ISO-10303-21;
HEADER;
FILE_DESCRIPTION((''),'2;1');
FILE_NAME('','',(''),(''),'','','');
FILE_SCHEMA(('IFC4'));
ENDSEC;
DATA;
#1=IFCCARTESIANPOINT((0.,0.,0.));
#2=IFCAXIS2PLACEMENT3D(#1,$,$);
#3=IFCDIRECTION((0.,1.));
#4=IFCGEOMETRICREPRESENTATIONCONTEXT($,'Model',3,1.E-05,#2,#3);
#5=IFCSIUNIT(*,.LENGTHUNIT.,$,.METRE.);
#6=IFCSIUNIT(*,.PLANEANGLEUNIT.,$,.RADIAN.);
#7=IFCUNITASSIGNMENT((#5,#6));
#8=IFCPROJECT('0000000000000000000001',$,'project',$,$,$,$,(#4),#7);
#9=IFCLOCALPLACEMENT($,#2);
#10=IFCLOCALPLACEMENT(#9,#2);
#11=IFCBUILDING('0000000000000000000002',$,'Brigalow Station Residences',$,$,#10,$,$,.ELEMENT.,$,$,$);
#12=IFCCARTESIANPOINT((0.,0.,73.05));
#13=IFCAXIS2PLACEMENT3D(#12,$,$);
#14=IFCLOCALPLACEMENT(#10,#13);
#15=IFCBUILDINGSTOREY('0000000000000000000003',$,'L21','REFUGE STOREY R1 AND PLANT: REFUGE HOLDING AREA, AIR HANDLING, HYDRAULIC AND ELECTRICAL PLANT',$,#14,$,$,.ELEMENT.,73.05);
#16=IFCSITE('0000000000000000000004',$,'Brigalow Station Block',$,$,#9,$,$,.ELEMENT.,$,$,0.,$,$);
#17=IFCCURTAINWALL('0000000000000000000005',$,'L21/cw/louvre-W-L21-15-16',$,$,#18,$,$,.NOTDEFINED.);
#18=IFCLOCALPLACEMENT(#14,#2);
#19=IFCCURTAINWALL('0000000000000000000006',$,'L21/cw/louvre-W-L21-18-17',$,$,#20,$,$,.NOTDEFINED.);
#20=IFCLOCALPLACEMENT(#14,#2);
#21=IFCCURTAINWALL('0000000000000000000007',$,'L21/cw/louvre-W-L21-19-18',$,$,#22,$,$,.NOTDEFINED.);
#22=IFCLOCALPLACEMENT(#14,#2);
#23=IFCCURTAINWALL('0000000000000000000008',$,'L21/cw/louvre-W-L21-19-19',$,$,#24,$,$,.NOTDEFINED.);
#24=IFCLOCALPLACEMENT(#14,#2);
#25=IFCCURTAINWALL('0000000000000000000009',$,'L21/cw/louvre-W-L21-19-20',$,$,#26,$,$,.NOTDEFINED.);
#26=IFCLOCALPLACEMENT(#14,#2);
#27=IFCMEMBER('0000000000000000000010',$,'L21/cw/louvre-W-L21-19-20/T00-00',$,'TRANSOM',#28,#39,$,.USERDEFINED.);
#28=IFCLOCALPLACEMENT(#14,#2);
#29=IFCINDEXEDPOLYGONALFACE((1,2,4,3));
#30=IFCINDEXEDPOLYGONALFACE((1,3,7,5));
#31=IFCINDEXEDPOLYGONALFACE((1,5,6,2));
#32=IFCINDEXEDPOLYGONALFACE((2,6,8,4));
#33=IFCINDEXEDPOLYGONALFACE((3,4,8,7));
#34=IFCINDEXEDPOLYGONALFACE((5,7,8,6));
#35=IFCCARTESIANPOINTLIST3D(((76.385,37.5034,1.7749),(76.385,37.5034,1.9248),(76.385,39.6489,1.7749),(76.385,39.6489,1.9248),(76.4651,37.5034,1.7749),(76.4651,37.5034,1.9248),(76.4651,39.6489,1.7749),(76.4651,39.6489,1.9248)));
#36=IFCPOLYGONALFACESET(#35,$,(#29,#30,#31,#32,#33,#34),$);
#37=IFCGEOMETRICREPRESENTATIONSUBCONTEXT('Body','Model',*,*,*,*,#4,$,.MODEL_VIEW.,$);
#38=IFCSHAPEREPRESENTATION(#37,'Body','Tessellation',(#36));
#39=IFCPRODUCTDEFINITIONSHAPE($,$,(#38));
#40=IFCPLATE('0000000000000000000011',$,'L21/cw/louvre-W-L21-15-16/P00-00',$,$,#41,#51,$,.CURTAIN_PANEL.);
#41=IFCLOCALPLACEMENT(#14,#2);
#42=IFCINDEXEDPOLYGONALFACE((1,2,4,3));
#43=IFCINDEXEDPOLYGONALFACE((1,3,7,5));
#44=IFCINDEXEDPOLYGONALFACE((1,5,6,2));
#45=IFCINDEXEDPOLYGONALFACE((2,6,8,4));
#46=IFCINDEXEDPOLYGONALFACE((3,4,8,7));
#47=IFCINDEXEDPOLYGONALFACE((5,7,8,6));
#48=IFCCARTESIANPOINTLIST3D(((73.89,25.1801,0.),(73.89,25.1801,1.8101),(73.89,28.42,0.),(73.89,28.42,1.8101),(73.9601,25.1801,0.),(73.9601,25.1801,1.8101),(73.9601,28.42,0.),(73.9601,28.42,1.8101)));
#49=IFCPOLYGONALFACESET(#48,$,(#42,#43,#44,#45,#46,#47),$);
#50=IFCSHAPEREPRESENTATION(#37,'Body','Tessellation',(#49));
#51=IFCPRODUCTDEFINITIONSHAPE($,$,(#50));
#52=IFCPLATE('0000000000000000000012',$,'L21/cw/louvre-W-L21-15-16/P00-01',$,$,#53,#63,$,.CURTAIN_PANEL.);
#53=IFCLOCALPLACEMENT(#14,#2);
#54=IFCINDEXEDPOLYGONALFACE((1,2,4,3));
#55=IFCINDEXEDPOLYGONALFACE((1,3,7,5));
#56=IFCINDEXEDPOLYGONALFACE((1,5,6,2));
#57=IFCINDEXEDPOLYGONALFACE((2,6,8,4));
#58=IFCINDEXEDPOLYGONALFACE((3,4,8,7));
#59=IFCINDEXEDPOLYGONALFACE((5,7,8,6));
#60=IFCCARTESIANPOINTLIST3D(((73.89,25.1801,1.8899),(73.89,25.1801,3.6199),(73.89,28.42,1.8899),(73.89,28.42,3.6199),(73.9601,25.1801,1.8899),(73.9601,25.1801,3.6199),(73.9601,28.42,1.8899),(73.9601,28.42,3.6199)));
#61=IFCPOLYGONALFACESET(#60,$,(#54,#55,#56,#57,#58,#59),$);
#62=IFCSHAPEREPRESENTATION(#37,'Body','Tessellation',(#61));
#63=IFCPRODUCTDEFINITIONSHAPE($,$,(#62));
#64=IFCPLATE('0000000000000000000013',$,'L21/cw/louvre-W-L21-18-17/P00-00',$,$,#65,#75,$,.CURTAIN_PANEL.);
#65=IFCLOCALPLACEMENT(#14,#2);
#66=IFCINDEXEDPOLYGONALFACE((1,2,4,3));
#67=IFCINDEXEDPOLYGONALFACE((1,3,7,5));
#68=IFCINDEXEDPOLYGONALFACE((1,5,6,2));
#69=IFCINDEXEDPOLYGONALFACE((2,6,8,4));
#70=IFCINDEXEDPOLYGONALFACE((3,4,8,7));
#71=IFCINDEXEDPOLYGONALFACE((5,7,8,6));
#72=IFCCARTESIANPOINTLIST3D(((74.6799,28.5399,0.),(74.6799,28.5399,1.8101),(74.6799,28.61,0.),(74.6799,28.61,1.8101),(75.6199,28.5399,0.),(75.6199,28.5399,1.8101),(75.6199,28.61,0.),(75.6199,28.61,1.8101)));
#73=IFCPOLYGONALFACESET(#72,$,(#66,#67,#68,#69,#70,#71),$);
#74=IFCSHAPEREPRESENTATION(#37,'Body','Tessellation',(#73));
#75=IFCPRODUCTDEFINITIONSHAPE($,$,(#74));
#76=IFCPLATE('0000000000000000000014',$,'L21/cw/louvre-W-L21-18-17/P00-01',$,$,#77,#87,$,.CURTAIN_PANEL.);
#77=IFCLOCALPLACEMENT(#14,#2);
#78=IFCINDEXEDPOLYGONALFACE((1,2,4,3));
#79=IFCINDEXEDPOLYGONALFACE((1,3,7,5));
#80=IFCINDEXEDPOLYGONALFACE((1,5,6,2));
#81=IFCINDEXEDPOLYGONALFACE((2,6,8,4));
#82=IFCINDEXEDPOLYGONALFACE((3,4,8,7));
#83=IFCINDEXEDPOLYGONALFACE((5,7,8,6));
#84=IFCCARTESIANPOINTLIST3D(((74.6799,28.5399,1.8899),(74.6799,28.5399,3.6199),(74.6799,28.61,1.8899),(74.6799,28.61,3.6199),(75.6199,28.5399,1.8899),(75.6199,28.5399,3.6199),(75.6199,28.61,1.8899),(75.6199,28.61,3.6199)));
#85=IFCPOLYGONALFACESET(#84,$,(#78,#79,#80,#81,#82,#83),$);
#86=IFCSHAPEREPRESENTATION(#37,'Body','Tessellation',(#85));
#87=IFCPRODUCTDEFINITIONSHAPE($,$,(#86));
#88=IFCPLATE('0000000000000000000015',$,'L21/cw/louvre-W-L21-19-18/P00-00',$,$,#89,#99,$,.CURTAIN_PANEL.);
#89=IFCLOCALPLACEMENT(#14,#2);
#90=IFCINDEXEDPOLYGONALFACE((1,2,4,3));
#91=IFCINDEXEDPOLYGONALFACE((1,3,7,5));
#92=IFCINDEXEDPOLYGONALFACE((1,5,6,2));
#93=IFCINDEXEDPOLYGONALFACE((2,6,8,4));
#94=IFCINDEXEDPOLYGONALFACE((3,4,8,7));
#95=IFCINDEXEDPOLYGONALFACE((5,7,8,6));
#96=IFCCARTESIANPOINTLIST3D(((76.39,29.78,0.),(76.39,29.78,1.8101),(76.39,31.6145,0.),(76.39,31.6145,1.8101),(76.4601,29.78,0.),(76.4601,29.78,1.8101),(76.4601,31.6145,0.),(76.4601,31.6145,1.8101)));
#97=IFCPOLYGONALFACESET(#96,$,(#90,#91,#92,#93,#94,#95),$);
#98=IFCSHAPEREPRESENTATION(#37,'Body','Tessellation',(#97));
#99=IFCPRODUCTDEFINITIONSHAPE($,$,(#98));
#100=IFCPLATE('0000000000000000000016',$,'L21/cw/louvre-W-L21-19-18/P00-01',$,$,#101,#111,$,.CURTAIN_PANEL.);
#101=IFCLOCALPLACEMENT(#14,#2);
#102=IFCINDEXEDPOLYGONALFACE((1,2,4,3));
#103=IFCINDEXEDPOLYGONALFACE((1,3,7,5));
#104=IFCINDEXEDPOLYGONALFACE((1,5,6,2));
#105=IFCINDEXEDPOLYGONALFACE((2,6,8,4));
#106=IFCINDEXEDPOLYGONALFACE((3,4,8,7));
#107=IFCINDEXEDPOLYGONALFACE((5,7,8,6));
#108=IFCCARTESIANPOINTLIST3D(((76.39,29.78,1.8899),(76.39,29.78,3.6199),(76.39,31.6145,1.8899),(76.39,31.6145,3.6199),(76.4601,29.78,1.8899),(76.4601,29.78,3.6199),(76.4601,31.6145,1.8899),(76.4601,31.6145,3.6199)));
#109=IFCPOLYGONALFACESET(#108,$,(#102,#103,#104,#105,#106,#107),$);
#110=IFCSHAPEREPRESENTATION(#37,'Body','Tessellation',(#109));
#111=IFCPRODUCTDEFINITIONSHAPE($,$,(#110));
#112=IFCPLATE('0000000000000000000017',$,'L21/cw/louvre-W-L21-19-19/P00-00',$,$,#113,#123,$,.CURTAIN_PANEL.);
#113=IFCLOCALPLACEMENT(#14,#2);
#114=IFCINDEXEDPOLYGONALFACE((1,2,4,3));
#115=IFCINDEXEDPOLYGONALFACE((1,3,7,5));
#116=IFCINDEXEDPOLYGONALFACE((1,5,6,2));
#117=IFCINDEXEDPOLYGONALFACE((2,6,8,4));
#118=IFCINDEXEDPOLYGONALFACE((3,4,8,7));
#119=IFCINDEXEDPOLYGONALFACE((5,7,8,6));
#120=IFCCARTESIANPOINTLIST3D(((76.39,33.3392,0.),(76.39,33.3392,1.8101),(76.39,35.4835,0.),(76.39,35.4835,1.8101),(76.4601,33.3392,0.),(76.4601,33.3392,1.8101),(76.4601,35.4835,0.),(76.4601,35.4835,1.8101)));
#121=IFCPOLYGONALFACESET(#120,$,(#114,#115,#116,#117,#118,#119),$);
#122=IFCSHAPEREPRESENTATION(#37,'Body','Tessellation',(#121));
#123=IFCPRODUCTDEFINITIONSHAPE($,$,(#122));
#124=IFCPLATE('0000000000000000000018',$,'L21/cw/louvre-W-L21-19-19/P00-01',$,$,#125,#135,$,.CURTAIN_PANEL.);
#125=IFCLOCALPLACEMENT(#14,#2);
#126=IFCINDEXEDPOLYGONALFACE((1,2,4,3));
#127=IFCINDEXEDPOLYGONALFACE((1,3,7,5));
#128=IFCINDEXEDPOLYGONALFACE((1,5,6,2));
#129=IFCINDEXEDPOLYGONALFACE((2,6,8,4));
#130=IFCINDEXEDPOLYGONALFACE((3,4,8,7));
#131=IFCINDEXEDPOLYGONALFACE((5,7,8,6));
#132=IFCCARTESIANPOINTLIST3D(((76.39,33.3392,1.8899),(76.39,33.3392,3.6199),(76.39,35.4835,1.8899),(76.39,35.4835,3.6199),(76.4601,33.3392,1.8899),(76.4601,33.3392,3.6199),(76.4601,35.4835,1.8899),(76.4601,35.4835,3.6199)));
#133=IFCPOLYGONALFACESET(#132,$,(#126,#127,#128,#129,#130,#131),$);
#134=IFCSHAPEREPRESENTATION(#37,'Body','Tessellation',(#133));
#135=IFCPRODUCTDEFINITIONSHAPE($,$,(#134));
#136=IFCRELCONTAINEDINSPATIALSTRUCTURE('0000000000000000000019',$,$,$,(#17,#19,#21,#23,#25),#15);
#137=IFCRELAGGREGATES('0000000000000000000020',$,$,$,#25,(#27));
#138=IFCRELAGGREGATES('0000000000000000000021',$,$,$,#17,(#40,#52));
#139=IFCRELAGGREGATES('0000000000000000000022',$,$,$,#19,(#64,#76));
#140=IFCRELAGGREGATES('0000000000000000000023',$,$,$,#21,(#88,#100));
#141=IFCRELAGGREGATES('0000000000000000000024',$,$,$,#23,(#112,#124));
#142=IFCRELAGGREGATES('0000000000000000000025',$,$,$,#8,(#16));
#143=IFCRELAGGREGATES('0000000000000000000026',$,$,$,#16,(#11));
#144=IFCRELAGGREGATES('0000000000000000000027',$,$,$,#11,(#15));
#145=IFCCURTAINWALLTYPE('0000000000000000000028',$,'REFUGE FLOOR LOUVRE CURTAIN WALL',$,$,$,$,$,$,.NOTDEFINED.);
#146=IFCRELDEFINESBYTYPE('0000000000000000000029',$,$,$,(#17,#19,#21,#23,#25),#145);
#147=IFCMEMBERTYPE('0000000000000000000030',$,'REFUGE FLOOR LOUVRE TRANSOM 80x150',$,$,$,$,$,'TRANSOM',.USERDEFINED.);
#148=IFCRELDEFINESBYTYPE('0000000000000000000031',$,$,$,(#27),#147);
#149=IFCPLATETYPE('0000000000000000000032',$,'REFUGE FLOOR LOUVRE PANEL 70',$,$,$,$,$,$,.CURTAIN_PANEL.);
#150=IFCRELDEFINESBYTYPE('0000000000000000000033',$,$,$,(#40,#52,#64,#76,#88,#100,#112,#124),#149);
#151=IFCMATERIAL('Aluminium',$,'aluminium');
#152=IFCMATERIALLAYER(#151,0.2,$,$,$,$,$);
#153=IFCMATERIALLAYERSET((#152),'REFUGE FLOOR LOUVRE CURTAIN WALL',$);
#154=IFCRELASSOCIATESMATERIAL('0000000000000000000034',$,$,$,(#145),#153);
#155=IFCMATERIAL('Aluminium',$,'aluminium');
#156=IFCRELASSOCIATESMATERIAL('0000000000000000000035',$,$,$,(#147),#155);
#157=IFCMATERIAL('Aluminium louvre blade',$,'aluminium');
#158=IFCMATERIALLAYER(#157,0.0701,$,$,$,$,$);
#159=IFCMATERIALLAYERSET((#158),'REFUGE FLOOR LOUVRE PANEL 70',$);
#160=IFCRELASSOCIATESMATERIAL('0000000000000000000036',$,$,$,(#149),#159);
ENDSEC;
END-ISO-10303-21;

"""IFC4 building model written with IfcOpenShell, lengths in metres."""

from ifc_helpers import new_model, si_unit, direction, frame, origin, origin_2d, place, context, subcontext, project, spatial, rectangle, extrude, material, layer, layer_set, material_profile, profile_set, type_object, element, aggregate, save


model = new_model("IFC4")

# Units and contexts
model_context = context("Model", 3, precision=1e-05, world=origin(), true_north=direction((0.0, 1.0)))
body_context = subcontext(model_context, "Body", "Model", "MODEL_VIEW")
ifc_project = project(units=[si_unit("LENGTHUNIT", "METRE"), si_unit("PLANEANGLEUNIT", "RADIAN")], contexts=[model_context])

# Site, building, storey
site_placement = place(None, origin())
site = spatial("IfcSite", under=ifc_project, at=site_placement, Name="Brigalow Station Block", CompositionType="ELEMENT", RefElevation=0.0)
building_placement = place(site_placement, origin())
building = spatial("IfcBuilding", under=site, at=building_placement, Name="Brigalow Station Residences", CompositionType="ELEMENT")
storey_placement = place(building_placement, frame((0.0, 0.0, 73.05)))
storey = spatial("IfcBuildingStorey", under=building, at=storey_placement, Name="L21", Description="REFUGE STOREY R1 AND PLANT: REFUGE HOLDING AREA, AIR HANDLING, HYDRAULIC AND ELECTRICAL PLANT", CompositionType="ELEMENT", Elevation=73.05)

# Curtain walls
ifc_material_1 = material(Name="Aluminium", Category="aluminium")
ifc_layer_1 = layer(ifc_material_1, 0.2)
ifc_layer_set_1 = layer_set([ifc_layer_1], Name="REFUGE FLOOR LOUVRE CURTAIN WALL")
curtain_wall_type = type_object("IfcCurtainWallType", Name="REFUGE FLOOR LOUVRE CURTAIN WALL", PredefinedType="NOTDEFINED", material=ifc_layer_set_1)
curtain_wall_1_placement = place(storey_placement, origin())
curtain_wall_1 = element("IfcCurtainWall", 1, at=curtain_wall_1_placement, inside=storey, type_object=curtain_wall_type, Name="L21/cw/louvre-W-L21-15-16", PredefinedType="NOTDEFINED")
curtain_wall_2_placement = place(storey_placement, origin())
curtain_wall_2 = element("IfcCurtainWall", 2, at=curtain_wall_2_placement, inside=storey, type_object=curtain_wall_type, Name="L21/cw/louvre-W-L21-18-17", PredefinedType="NOTDEFINED")
curtain_wall_3_placement = place(storey_placement, origin())
curtain_wall_3 = element("IfcCurtainWall", 3, at=curtain_wall_3_placement, inside=storey, type_object=curtain_wall_type, Name="L21/cw/louvre-W-L21-19-18", PredefinedType="NOTDEFINED")
curtain_wall_4_placement = place(storey_placement, origin())
curtain_wall_4 = element("IfcCurtainWall", 4, at=curtain_wall_4_placement, inside=storey, type_object=curtain_wall_type, Name="L21/cw/louvre-W-L21-19-19", PredefinedType="NOTDEFINED")

# Curtain wall
curtain_wall_5_placement = place(storey_placement, origin())
curtain_wall_5 = element("IfcCurtainWall", 5, at=curtain_wall_5_placement, inside=storey, type_object=curtain_wall_type, Name="L21/cw/louvre-W-L21-19-20", PredefinedType="NOTDEFINED")

# Member
ifc_material_2 = material(Name="Aluminium", Category="aluminium")
ifc_material_profile_1 = material_profile(ifc_material_2, rectangle(XDim=0.0801, YDim=0.1499, at=origin_2d()), Name="REFUGE FLOOR LOUVRE TRANSOM 80x150")
ifc_profile_set_1 = profile_set([ifc_material_profile_1], Name="Aluminium")
member_type_1 = type_object("IfcMemberType", Name="REFUGE FLOOR LOUVRE TRANSOM 80x150", ElementType="TRANSOM", PredefinedType="USERDEFINED", material=ifc_profile_set_1)
member_1_placement = place(storey_placement, frame((76.425, 37.5034, 1.8499), z_axis=(0.0, 1.0, 0.0), x_axis=(-1.0, 0.0, 0.0)))
member_1 = element("IfcMember", 6, at=member_1_placement, type_object=member_type_1, Name="L21/cw/louvre-W-L21-19-20/T00-00", ObjectType="TRANSOM", PredefinedType="USERDEFINED", context=body_context, shape_type="SweptSolid", body=[
    extrude(rectangle(XDim=0.0801, YDim=0.1499, at=origin_2d()), origin(), (0.0, 0.0, 1.0), 2.1455),
])
aggregate(curtain_wall_5, [member_1])

# Plates
ifc_material_3 = material(Name="Aluminium louvre blade", Category="aluminium")
ifc_layer_2 = layer(ifc_material_3, 0.0701)
ifc_layer_set_2 = layer_set([ifc_layer_2], Name="REFUGE FLOOR LOUVRE PANEL 70")
plate_type = type_object("IfcPlateType", Name="REFUGE FLOOR LOUVRE PANEL 70", PredefinedType="CURTAIN_PANEL", material=ifc_layer_set_2)
plate_1_placement = place(storey_placement, frame((73.925, 26.8, 0.0), z_axis=(0.0, 0.0, 1.0), x_axis=(0.0, 1.0, 0.0)))
plate_1 = element("IfcPlate", 7, at=plate_1_placement, type_object=plate_type, Name="L21/cw/louvre-W-L21-15-16/P00-00", PredefinedType="CURTAIN_PANEL", context=body_context, shape_type="SweptSolid", body=[
    extrude(rectangle(XDim=3.24, YDim=0.0701, at=origin_2d()), origin(), (0.0, 0.0, 1.0), 1.8101),
])
plate_2_placement = place(storey_placement, frame((73.925, 26.8, 1.8899), z_axis=(0.0, 0.0, 1.0), x_axis=(0.0, 1.0, 0.0)))
plate_2 = element("IfcPlate", 8, at=plate_2_placement, type_object=plate_type, Name="L21/cw/louvre-W-L21-15-16/P00-01", PredefinedType="CURTAIN_PANEL", context=body_context, shape_type="SweptSolid", body=[
    extrude(rectangle(XDim=3.24, YDim=0.0701, at=origin_2d()), origin(), (0.0, 0.0, 1.0), 1.73),
])
aggregate(curtain_wall_1, [plate_1, plate_2])
plate_3_placement = place(storey_placement, frame((75.1499, 28.575, 0.0), z_axis=(0.0, 0.0, 1.0), x_axis=(1.0, 0.0, 0.0)))
plate_3 = element("IfcPlate", 9, at=plate_3_placement, type_object=plate_type, Name="L21/cw/louvre-W-L21-18-17/P00-00", PredefinedType="CURTAIN_PANEL", context=body_context, shape_type="SweptSolid", body=[
    extrude(rectangle(XDim=0.9399, YDim=0.0701, at=origin_2d()), origin(), (0.0, 0.0, 1.0), 1.8101),
])
plate_4_placement = place(storey_placement, frame((75.1499, 28.575, 1.8899), z_axis=(0.0, 0.0, 1.0), x_axis=(1.0, 0.0, 0.0)))
plate_4 = element("IfcPlate", 10, at=plate_4_placement, type_object=plate_type, Name="L21/cw/louvre-W-L21-18-17/P00-01", PredefinedType="CURTAIN_PANEL", context=body_context, shape_type="SweptSolid", body=[
    extrude(rectangle(XDim=0.9399, YDim=0.0701, at=origin_2d()), origin(), (0.0, 0.0, 1.0), 1.73),
])
aggregate(curtain_wall_2, [plate_3, plate_4])
plate_5_placement = place(storey_placement, frame((76.425, 30.6973, 0.0), z_axis=(0.0, 0.0, 1.0), x_axis=(0.0, 1.0, 0.0)))
plate_5 = element("IfcPlate", 11, at=plate_5_placement, type_object=plate_type, Name="L21/cw/louvre-W-L21-19-18/P00-00", PredefinedType="CURTAIN_PANEL", context=body_context, shape_type="SweptSolid", body=[
    extrude(rectangle(XDim=1.8345, YDim=0.0701, at=origin_2d()), origin(), (0.0, 0.0, 1.0), 1.8101),
])
plate_6_placement = place(storey_placement, frame((76.425, 30.6973, 1.8899), z_axis=(0.0, 0.0, 1.0), x_axis=(0.0, 1.0, 0.0)))
plate_6 = element("IfcPlate", 12, at=plate_6_placement, type_object=plate_type, Name="L21/cw/louvre-W-L21-19-18/P00-01", PredefinedType="CURTAIN_PANEL", context=body_context, shape_type="SweptSolid", body=[
    extrude(rectangle(XDim=1.8345, YDim=0.0701, at=origin_2d()), origin(), (0.0, 0.0, 1.0), 1.73),
])
aggregate(curtain_wall_3, [plate_5, plate_6])
plate_7_placement = place(storey_placement, frame((76.425, 34.4114, 0.0), z_axis=(0.0, 0.0, 1.0), x_axis=(0.0, 1.0, 0.0)))
plate_7 = element("IfcPlate", 13, at=plate_7_placement, type_object=plate_type, Name="L21/cw/louvre-W-L21-19-19/P00-00", PredefinedType="CURTAIN_PANEL", context=body_context, shape_type="SweptSolid", body=[
    extrude(rectangle(XDim=2.1443, YDim=0.0701, at=origin_2d()), origin(), (0.0, 0.0, 1.0), 1.8101),
])
plate_8_placement = place(storey_placement, frame((76.425, 34.4114, 1.8899), z_axis=(0.0, 0.0, 1.0), x_axis=(0.0, 1.0, 0.0)))
plate_8 = element("IfcPlate", 14, at=plate_8_placement, type_object=plate_type, Name="L21/cw/louvre-W-L21-19-19/P00-01", PredefinedType="CURTAIN_PANEL", context=body_context, shape_type="SweptSolid", body=[
    extrude(rectangle(XDim=2.1443, YDim=0.0701, at=origin_2d()), origin(), (0.0, 0.0, 1.0), 1.73),
])
aggregate(curtain_wall_4, [plate_7, plate_8])

save(model, "model.ifc")
